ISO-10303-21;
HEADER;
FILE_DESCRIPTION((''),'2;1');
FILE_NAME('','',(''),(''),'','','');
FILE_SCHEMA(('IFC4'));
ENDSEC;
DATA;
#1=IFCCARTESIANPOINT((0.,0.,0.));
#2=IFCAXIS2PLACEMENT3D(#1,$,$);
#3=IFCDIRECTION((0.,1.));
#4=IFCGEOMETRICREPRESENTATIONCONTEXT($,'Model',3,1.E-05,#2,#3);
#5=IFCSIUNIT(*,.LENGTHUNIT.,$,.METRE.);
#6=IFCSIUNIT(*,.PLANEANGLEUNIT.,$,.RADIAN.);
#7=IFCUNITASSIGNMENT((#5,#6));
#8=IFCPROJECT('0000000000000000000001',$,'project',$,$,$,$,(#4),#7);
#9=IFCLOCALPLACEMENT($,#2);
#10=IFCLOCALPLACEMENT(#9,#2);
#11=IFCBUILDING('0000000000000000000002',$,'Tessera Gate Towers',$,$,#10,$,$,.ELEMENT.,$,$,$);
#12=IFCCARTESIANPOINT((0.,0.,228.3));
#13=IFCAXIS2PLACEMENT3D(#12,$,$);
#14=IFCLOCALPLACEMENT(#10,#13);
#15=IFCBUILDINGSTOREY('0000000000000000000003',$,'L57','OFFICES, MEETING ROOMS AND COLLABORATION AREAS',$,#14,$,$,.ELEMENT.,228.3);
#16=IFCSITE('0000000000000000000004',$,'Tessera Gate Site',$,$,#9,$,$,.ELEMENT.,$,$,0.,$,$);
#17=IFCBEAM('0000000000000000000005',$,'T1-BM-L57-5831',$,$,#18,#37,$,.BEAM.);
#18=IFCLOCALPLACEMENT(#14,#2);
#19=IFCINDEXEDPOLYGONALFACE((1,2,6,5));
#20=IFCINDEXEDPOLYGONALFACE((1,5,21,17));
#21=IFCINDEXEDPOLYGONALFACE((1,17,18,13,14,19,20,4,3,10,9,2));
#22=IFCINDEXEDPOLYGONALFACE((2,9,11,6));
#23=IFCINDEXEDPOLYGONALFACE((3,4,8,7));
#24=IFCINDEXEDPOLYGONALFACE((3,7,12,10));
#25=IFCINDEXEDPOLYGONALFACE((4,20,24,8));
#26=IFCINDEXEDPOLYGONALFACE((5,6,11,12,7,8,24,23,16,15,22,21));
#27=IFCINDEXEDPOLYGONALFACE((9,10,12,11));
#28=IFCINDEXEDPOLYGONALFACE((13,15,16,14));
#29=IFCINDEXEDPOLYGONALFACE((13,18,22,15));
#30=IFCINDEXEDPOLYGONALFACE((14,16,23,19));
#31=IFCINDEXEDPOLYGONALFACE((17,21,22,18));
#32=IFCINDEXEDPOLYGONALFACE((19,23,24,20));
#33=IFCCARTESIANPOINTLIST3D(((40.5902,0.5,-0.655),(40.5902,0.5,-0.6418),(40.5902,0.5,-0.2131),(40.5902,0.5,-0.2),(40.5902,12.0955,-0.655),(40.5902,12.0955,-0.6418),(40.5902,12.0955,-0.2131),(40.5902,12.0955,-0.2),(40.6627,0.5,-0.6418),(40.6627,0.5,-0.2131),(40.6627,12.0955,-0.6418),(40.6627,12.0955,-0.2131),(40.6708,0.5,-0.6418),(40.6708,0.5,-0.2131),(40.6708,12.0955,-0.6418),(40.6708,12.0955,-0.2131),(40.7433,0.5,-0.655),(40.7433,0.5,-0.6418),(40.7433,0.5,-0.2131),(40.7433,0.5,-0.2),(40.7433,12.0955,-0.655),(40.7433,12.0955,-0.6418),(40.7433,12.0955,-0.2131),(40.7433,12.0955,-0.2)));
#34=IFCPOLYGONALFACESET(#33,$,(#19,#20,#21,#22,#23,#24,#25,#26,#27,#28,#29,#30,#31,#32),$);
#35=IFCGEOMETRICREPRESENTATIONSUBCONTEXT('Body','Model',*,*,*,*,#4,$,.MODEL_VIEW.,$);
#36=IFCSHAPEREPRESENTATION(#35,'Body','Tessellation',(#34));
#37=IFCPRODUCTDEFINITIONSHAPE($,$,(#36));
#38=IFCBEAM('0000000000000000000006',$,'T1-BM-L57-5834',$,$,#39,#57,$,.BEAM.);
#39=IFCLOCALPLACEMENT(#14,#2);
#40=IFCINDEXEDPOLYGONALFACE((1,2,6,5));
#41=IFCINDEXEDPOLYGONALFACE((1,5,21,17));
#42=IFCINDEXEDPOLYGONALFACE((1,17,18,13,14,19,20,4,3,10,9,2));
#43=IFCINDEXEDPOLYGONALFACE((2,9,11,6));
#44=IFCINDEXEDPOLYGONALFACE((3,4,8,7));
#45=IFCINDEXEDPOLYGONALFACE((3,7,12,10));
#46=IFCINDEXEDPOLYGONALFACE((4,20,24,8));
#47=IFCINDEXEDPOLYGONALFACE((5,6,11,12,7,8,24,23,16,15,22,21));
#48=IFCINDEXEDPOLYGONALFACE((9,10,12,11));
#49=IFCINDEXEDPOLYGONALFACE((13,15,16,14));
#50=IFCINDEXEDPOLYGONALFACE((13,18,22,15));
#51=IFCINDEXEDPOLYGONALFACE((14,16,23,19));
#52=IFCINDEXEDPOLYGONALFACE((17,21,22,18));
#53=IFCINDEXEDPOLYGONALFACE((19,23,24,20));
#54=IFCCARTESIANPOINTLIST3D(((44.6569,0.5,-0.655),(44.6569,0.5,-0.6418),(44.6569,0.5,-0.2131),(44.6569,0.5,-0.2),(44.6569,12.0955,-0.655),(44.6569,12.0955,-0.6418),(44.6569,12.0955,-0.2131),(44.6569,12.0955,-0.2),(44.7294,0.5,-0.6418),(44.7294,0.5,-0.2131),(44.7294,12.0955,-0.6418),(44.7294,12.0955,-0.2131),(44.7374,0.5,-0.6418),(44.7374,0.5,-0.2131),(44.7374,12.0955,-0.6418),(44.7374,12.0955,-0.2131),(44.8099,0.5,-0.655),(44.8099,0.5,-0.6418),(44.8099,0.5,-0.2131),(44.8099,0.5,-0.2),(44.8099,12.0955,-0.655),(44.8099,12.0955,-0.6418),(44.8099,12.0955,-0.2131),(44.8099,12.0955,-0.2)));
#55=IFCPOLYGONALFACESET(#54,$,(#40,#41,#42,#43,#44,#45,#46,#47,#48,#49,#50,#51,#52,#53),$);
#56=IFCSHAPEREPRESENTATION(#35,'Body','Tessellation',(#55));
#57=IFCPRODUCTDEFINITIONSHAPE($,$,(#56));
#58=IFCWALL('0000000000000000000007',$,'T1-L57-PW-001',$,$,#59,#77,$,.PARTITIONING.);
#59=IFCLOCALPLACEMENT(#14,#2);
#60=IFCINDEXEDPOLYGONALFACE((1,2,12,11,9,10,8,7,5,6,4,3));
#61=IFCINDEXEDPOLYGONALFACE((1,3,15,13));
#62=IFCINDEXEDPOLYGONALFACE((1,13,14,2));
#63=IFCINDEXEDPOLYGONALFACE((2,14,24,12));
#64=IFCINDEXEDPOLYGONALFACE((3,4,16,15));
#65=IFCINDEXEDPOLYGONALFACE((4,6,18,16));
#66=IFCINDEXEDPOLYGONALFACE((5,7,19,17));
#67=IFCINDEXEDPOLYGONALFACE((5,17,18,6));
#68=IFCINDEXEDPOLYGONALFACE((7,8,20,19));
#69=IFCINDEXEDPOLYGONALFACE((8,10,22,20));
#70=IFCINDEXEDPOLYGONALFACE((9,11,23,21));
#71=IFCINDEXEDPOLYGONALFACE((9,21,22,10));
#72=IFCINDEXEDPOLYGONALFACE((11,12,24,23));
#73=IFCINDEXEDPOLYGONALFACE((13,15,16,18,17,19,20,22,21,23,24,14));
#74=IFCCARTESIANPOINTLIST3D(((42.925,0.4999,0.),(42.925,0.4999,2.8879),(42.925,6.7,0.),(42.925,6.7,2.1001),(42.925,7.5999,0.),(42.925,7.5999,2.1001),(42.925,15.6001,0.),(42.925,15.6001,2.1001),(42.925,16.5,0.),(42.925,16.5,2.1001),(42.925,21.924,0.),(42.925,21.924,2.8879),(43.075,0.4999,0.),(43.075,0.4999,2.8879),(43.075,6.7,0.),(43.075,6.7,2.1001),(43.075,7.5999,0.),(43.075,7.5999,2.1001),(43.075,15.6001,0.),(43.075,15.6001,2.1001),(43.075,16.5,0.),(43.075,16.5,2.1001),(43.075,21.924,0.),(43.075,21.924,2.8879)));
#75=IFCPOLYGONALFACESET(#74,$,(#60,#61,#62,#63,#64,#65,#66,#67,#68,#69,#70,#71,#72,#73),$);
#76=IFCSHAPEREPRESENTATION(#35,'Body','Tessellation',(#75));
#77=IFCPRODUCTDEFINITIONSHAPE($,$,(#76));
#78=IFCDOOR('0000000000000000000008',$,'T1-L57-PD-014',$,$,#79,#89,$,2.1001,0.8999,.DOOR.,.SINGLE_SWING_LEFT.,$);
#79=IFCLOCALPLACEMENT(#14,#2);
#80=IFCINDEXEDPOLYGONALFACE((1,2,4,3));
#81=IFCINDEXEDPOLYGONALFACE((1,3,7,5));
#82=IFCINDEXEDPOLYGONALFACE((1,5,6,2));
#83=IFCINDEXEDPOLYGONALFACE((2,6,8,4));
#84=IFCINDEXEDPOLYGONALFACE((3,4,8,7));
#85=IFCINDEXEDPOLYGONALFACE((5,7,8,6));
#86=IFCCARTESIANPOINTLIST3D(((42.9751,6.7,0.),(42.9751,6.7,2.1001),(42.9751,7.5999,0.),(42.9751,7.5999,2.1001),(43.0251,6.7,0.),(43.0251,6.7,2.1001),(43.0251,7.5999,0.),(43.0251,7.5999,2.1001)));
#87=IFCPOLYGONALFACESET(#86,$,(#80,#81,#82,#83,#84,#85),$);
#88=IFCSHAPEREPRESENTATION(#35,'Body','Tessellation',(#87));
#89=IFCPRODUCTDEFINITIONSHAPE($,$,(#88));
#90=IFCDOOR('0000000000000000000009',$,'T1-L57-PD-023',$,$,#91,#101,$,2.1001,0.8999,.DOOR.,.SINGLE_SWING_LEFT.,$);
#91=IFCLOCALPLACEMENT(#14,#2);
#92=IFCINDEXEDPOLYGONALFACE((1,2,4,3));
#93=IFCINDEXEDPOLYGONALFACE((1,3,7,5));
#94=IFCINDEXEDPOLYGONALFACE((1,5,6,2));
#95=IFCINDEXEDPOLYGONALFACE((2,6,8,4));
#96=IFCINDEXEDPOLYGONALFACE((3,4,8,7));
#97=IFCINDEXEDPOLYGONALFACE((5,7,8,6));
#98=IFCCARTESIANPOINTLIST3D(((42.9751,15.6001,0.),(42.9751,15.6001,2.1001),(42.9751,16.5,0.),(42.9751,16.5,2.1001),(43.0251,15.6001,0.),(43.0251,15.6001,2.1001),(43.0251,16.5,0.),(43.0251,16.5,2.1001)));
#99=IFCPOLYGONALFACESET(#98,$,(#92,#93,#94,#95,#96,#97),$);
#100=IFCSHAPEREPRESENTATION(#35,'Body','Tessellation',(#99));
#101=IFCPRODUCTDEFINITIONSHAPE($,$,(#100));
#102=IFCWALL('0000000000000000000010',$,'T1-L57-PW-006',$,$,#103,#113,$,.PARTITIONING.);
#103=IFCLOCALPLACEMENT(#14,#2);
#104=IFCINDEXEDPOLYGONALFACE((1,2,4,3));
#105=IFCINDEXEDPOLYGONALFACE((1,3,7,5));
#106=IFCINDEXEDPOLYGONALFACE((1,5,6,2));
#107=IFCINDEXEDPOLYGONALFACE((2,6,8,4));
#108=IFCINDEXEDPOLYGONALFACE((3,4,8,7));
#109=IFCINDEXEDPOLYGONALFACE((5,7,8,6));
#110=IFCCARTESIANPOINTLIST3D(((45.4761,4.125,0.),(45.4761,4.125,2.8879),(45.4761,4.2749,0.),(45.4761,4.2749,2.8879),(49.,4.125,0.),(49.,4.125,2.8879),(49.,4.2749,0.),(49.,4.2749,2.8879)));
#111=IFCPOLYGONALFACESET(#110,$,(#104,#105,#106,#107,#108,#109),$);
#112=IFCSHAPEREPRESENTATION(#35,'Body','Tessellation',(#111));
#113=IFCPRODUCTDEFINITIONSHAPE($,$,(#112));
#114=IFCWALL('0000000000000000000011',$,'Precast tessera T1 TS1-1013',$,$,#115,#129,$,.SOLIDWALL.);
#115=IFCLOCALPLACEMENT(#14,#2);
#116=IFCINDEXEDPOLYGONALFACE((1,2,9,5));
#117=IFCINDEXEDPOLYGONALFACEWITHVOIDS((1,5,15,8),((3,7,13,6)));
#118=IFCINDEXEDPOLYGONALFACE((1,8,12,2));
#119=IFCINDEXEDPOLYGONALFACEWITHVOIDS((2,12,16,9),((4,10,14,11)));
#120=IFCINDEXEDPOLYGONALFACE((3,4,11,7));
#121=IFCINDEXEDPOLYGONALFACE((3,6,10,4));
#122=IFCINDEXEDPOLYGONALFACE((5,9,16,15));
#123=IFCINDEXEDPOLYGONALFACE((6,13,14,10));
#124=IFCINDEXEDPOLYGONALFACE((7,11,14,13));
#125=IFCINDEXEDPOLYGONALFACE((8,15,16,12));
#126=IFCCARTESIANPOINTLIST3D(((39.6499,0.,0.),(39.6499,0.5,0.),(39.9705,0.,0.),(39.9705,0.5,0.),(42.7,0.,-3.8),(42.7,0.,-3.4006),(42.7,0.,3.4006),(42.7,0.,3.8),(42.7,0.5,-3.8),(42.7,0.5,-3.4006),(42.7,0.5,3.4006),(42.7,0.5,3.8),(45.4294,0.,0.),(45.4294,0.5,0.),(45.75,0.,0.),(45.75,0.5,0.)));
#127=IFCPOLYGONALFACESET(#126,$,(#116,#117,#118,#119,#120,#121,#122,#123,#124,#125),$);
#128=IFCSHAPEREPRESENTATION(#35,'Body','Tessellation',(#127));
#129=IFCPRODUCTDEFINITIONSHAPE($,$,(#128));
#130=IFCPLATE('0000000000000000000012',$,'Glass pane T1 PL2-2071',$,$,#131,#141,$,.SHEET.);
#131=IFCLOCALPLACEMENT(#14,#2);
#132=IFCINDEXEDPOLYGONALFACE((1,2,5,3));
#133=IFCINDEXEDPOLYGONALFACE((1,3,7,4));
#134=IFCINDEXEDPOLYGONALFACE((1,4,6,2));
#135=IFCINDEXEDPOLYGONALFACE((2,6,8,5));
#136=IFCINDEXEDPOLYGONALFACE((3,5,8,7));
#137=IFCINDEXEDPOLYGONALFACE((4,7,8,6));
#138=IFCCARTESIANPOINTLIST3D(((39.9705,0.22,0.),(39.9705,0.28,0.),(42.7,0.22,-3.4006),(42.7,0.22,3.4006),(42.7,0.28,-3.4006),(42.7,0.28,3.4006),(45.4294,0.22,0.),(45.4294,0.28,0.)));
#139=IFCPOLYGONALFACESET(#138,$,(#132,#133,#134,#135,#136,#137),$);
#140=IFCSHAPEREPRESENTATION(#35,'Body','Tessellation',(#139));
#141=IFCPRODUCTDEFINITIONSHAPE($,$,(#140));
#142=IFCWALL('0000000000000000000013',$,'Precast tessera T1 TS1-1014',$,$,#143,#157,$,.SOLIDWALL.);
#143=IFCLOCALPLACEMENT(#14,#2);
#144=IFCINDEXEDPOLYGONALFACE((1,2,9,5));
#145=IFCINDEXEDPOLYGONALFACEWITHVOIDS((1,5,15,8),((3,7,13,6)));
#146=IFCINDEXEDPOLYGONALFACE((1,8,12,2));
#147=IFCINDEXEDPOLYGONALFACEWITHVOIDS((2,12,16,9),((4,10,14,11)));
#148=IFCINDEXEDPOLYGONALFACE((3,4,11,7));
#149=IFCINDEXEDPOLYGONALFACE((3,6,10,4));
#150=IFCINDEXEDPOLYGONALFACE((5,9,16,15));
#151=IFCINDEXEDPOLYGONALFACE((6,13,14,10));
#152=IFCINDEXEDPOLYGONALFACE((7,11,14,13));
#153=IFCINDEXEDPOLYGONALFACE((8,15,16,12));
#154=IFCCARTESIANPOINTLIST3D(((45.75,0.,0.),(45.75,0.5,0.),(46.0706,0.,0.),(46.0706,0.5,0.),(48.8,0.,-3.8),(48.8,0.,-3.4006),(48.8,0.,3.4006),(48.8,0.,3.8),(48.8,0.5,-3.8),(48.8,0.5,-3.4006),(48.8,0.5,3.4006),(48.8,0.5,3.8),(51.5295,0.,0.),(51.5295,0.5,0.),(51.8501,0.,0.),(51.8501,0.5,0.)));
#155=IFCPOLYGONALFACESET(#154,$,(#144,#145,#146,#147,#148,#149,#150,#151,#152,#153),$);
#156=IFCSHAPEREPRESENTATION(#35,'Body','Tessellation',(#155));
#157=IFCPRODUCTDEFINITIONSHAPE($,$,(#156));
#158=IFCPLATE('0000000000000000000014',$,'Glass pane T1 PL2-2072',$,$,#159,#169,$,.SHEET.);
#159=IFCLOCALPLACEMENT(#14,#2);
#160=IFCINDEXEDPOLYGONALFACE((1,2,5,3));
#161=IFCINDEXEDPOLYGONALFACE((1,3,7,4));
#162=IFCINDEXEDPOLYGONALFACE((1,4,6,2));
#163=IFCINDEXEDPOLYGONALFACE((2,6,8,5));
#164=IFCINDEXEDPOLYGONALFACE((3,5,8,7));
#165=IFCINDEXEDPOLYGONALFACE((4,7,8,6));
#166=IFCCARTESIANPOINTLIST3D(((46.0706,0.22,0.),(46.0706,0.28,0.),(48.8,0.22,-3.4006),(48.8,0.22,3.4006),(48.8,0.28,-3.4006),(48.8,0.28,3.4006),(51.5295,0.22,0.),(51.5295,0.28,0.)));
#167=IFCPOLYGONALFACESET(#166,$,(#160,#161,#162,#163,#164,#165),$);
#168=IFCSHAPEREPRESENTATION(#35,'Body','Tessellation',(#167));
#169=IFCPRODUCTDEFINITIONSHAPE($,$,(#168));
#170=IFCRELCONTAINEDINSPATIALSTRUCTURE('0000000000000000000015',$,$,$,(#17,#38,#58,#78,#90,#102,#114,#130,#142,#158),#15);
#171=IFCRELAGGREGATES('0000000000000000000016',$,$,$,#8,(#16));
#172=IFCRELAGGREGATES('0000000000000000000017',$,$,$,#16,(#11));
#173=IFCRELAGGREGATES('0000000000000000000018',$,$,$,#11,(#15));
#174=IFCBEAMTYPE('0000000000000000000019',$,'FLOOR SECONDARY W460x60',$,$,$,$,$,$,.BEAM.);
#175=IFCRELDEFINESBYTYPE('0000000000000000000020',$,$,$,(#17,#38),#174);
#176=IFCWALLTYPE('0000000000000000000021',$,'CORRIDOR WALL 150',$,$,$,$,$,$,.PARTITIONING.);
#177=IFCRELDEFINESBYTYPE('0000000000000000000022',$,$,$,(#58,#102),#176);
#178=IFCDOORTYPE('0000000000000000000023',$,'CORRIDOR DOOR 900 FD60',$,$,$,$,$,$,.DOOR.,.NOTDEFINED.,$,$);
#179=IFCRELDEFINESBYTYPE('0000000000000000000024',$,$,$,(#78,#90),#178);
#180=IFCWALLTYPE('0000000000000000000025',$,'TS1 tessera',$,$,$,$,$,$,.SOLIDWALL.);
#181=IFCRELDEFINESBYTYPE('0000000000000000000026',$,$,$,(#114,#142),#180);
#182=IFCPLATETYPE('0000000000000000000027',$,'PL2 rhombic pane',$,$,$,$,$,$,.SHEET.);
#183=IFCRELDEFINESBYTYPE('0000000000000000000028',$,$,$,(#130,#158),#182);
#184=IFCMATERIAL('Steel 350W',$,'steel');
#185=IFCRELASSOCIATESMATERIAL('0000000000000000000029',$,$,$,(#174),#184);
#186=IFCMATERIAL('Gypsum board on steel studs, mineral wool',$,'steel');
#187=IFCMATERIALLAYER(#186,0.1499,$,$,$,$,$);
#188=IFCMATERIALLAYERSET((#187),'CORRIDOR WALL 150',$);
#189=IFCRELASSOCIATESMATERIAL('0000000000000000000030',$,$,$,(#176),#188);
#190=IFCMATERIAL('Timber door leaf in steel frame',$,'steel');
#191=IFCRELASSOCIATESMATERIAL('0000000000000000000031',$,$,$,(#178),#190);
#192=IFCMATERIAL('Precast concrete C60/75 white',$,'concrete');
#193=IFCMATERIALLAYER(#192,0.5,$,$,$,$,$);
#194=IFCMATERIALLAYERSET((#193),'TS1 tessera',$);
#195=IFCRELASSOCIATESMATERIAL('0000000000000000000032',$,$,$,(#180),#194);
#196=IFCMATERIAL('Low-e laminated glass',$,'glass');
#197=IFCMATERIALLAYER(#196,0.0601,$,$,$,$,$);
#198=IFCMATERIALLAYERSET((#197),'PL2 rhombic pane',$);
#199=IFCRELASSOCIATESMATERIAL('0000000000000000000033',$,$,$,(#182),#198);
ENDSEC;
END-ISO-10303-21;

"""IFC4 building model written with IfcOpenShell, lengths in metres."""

from ifc_helpers import new_model, si_unit, direction, frame, frame_2d, origin, origin_2d, place, context, subcontext, project, spatial, polyline, rectangle, i_section, outline, extrude, source, transform, mapped, material, layer, layer_set, material_profile, profile_set, type_object, element, fill, save


model = new_model("IFC4")

# Units and contexts
model_context = context("Model", 3, precision=1e-05, world=origin(), true_north=direction((0.0, 1.0)))
body_context = subcontext(model_context, "Body", "Model", "MODEL_VIEW")
ifc_project = project(units=[si_unit("LENGTHUNIT", "METRE"), si_unit("PLANEANGLEUNIT", "RADIAN")], contexts=[model_context])

# Site, building, storey
site_placement = place(None, origin())
site = spatial("IfcSite", under=ifc_project, at=site_placement, Name="Tessera Gate Site", CompositionType="ELEMENT", RefElevation=0.0)
building_placement = place(site_placement, origin())
building = spatial("IfcBuilding", under=site, at=building_placement, Name="Tessera Gate Towers", CompositionType="ELEMENT")
storey_placement = place(building_placement, frame((0.0, 0.0, 228.3)))
storey = spatial("IfcBuildingStorey", under=building, at=storey_placement, Name="L57", Description="OFFICES, MEETING ROOMS AND COLLABORATION AREAS", CompositionType="ELEMENT", Elevation=228.3)

# Beams
ifc_material_1 = material(Name="Steel 350W", Category="steel")
ifc_material_profile_1 = material_profile(ifc_material_1, i_section(OverallWidth=0.1531, OverallDepth=0.4551, WebThickness=0.0081, FlangeThickness=0.0132, at=origin_2d()), Name="W460x60")
ifc_profile_set_1 = profile_set([ifc_material_profile_1], Name="Steel 350W")
beam_type_1 = type_object("IfcBeamType", Name="FLOOR SECONDARY W460x60", PredefinedType="BEAM", material=ifc_profile_set_1)
for number, where, z_axis, x_axis, name in (
    (1, (40.6667, 0.5, -0.4275), (0.0, 1.0, 0.0), (-1.0, 0.0, 0.0), "T1-BM-L57-5831"),
    (2, (44.7334, 0.5, -0.4275), (0.0, 1.0, 0.0), (-1.0, 0.0, 0.0), "T1-BM-L57-5834"),
):
    element("IfcBeam", number, at=place(storey_placement, frame(where, z_axis=z_axis, x_axis=x_axis)), inside=storey, type_object=beam_type_1, Name=name, PredefinedType="BEAM", context=body_context, shape_type="SweptSolid", body=[
        extrude(i_section(OverallWidth=0.1531, OverallDepth=0.4551, WebThickness=0.0081, FlangeThickness=0.0132, at=origin_2d()), origin(), (0.0, 0.0, 1.0), 11.5955),
    ])

# Wall, openings, doors
ifc_material_2 = material(Name="Gypsum board on steel studs, mineral wool", Category="steel")
ifc_layer_1 = layer(ifc_material_2, 0.1499)
ifc_layer_set_1 = layer_set([ifc_layer_1], Name="CORRIDOR WALL 150")
wall_type_1 = type_object("IfcWallType", Name="CORRIDOR WALL 150", PredefinedType="PARTITIONING", material=ifc_layer_set_1)
wall_1_placement = place(storey_placement, frame((43.0, 0.5, 0.0), z_axis=(0.0, 0.0, 1.0), x_axis=(0.0, 1.0, 0.0)))
wall_1 = element("IfcWall", 3, at=wall_1_placement, inside=storey, type_object=wall_type_1, Name="T1-L57-PW-001", PredefinedType="PARTITIONING", context=body_context, shape_type="SweptSolid", body=[
    extrude(rectangle(XDim=21.4241, YDim=0.1499, at=frame_2d((10.7119, 0.0))), origin(), (0.0, 0.0, 1.0), 2.8879),
])
shared_shape_1 = source(origin(), body_context, "Body", "SweptSolid", [
    extrude(rectangle(XDim=0.8999, YDim=2.1001, at=frame_2d((0.45, 1.05))), frame((0.0, 0.085, 0.0), z_axis=(0.0, -1.0, 0.0), x_axis=(1.0, 0.0, 0.0)), (0.0, 0.0, 1.0), 0.1699),
])
opening_1_placement = place(wall_1_placement, frame((6.2, 0.0, 0.0)))
opening_1 = element("IfcOpeningElement", 4, at=opening_1_placement, cuts=wall_1, PredefinedType="OPENING", context=body_context, shape_type="MappedRepresentation", body=[
    mapped(shared_shape_1, transform((0.0, 0.0, 0.0), scale=1.0)),
])
opening_2_placement = place(wall_1_placement, frame((15.1001, 0.0, 0.0)))
opening_2 = element("IfcOpeningElement", 5, at=opening_2_placement, cuts=wall_1, PredefinedType="OPENING", context=body_context, shape_type="MappedRepresentation", body=[
    mapped(shared_shape_1, transform((0.0, 0.0, 0.0), scale=1.0)),
])
ifc_material_3 = material(Name="Timber door leaf in steel frame", Category="steel")
door_type = type_object("IfcDoorType", Name="CORRIDOR DOOR 900 FD60", OperationType="NOTDEFINED", PredefinedType="DOOR", material=ifc_material_3)
shared_shape_2 = source(origin(), body_context, "Body", "SweptSolid", [
    extrude(rectangle(XDim=0.8999, YDim=2.1001, at=frame_2d((0.45, 1.05))), frame((0.0, 0.0249, 0.0), z_axis=(0.0, -1.0, 0.0), x_axis=(1.0, 0.0, 0.0)), (0.0, 0.0, 1.0), 0.05),
])
door_1_placement = place(opening_1_placement, origin())
door_1 = element("IfcDoor", 6, at=door_1_placement, inside=storey, type_object=door_type, Name="T1-L57-PD-014", OperationType="SINGLE_SWING_LEFT", OverallHeight=2.1001, OverallWidth=0.8999, PredefinedType="DOOR", context=body_context, shape_type="MappedRepresentation", body=[
    mapped(shared_shape_2, transform((0.0, 0.0, 0.0), scale=1.0)),
])
fill(opening_1, door_1)
door_2_placement = place(opening_2_placement, origin())
door_2 = element("IfcDoor", 7, at=door_2_placement, inside=storey, type_object=door_type, Name="T1-L57-PD-023", OperationType="SINGLE_SWING_LEFT", OverallHeight=2.1001, OverallWidth=0.8999, PredefinedType="DOOR", context=body_context, shape_type="MappedRepresentation", body=[
    mapped(shared_shape_2, transform((0.0, 0.0, 0.0), scale=1.0)),
])
fill(opening_2, door_2)

# Wall
wall_2_placement = place(storey_placement, frame((45.4761, 4.2, 0.0), z_axis=(0.0, 0.0, 1.0), x_axis=(1.0, 0.0, 0.0)))
element("IfcWall", 8, at=wall_2_placement, inside=storey, type_object=wall_type_1, Name="T1-L57-PW-006", PredefinedType="PARTITIONING", context=body_context, shape_type="SweptSolid", body=[
    extrude(rectangle(XDim=3.5239, YDim=0.1499, at=frame_2d((1.762, 0.0))), origin(), (0.0, 0.0, 1.0), 2.8879),
])

# Walls, openings, plates
ifc_material_4 = material(Name="Precast concrete C60/75 white", Category="concrete")
ifc_layer_2 = layer(ifc_material_4, 0.5)
ifc_layer_set_2 = layer_set([ifc_layer_2], Name="TS1 tessera")
wall_type_2 = type_object("IfcWallType", Name="TS1 tessera", PredefinedType="SOLIDWALL", material=ifc_layer_set_2)
shared_shape_3 = source(origin(), body_context, "Body", "SweptSolid", [
    extrude(outline(polyline([(3.05, 0.0), (6.1001, 3.8), (3.05, 7.6001), (0.0, 3.8), (3.05, 0.0)])), frame((0.0, 0.25, 0.0), z_axis=(0.0, -1.0, 0.0), x_axis=(1.0, 0.0, 0.0)), (0.0, 0.0, 1.0), 0.5),
])
wall_3_placement = place(storey_placement, frame((39.6499, 0.25, -3.8), z_axis=(0.0, 0.0, 1.0), x_axis=(1.0, 0.0, 0.0)))
wall_3 = element("IfcWall", 9, at=wall_3_placement, inside=storey, type_object=wall_type_2, Name="Precast tessera T1 TS1-1013", PredefinedType="SOLIDWALL", context=body_context, shape_type="MappedRepresentation", body=[
    mapped(shared_shape_3, transform((0.0, 0.0, 0.0), scale=1.0)),
])
shared_shape_4 = source(origin(), body_context, "Body", "SweptSolid", [
    extrude(outline(polyline([(3.05, 0.3994), (5.7795, 3.8), (3.05, 7.2007), (0.3206, 3.8), (3.05, 0.3994)])), frame((0.0, 0.26, 0.0), z_axis=(0.0, -1.0, 0.0), x_axis=(1.0, 0.0, 0.0)), (0.0, 0.0, 1.0), 0.52),
])
opening_3_placement = place(wall_3_placement, origin())
opening_3 = element("IfcOpeningElement", 10, at=opening_3_placement, cuts=wall_3, PredefinedType="OPENING", context=body_context, shape_type="MappedRepresentation", body=[
    mapped(shared_shape_4, transform((0.0, 0.0, 0.0), scale=1.0)),
])
ifc_material_5 = material(Name="Low-e laminated glass", Category="glass")
ifc_layer_3 = layer(ifc_material_5, 0.0601)
ifc_layer_set_3 = layer_set([ifc_layer_3], Name="PL2 rhombic pane")
plate_type_1 = type_object("IfcPlateType", Name="PL2 rhombic pane", PredefinedType="SHEET", material=ifc_layer_set_3)
shared_shape_5 = source(origin(), body_context, "Body", "SweptSolid", [
    extrude(outline(polyline([(3.05, 0.3994), (5.7795, 3.8), (3.05, 7.2007), (0.3206, 3.8), (3.05, 0.3994)])), frame((0.0, 0.03, 0.0), z_axis=(0.0, -1.0, 0.0), x_axis=(1.0, 0.0, 0.0)), (0.0, 0.0, 1.0), 0.0601),
])
plate_1_placement = place(opening_3_placement, origin())
plate_1 = element("IfcPlate", 11, at=plate_1_placement, inside=storey, type_object=plate_type_1, Name="Glass pane T1 PL2-2071", PredefinedType="SHEET", context=body_context, shape_type="MappedRepresentation", body=[
    mapped(shared_shape_5, transform((0.0, 0.0, 0.0), scale=1.0)),
])
fill(opening_3, plate_1)
wall_4_placement = place(storey_placement, frame((45.75, 0.25, -3.8), z_axis=(0.0, 0.0, 1.0), x_axis=(1.0, 0.0, 0.0)))
wall_4 = element("IfcWall", 12, at=wall_4_placement, inside=storey, type_object=wall_type_2, Name="Precast tessera T1 TS1-1014", PredefinedType="SOLIDWALL", context=body_context, shape_type="MappedRepresentation", body=[
    mapped(shared_shape_3, transform((0.0, 0.0, 0.0), scale=1.0)),
])
opening_4_placement = place(wall_4_placement, origin())
opening_4 = element("IfcOpeningElement", 13, at=opening_4_placement, cuts=wall_4, PredefinedType="OPENING", context=body_context, shape_type="MappedRepresentation", body=[
    mapped(shared_shape_4, transform((0.0, 0.0, 0.0), scale=1.0)),
])
plate_2_placement = place(opening_4_placement, origin())
plate_2 = element("IfcPlate", 14, at=plate_2_placement, inside=storey, type_object=plate_type_1, Name="Glass pane T1 PL2-2072", PredefinedType="SHEET", context=body_context, shape_type="MappedRepresentation", body=[
    mapped(shared_shape_5, transform((0.0, 0.0, 0.0), scale=1.0)),
])
fill(opening_4, plate_2)

save(model, "model.ifc")
